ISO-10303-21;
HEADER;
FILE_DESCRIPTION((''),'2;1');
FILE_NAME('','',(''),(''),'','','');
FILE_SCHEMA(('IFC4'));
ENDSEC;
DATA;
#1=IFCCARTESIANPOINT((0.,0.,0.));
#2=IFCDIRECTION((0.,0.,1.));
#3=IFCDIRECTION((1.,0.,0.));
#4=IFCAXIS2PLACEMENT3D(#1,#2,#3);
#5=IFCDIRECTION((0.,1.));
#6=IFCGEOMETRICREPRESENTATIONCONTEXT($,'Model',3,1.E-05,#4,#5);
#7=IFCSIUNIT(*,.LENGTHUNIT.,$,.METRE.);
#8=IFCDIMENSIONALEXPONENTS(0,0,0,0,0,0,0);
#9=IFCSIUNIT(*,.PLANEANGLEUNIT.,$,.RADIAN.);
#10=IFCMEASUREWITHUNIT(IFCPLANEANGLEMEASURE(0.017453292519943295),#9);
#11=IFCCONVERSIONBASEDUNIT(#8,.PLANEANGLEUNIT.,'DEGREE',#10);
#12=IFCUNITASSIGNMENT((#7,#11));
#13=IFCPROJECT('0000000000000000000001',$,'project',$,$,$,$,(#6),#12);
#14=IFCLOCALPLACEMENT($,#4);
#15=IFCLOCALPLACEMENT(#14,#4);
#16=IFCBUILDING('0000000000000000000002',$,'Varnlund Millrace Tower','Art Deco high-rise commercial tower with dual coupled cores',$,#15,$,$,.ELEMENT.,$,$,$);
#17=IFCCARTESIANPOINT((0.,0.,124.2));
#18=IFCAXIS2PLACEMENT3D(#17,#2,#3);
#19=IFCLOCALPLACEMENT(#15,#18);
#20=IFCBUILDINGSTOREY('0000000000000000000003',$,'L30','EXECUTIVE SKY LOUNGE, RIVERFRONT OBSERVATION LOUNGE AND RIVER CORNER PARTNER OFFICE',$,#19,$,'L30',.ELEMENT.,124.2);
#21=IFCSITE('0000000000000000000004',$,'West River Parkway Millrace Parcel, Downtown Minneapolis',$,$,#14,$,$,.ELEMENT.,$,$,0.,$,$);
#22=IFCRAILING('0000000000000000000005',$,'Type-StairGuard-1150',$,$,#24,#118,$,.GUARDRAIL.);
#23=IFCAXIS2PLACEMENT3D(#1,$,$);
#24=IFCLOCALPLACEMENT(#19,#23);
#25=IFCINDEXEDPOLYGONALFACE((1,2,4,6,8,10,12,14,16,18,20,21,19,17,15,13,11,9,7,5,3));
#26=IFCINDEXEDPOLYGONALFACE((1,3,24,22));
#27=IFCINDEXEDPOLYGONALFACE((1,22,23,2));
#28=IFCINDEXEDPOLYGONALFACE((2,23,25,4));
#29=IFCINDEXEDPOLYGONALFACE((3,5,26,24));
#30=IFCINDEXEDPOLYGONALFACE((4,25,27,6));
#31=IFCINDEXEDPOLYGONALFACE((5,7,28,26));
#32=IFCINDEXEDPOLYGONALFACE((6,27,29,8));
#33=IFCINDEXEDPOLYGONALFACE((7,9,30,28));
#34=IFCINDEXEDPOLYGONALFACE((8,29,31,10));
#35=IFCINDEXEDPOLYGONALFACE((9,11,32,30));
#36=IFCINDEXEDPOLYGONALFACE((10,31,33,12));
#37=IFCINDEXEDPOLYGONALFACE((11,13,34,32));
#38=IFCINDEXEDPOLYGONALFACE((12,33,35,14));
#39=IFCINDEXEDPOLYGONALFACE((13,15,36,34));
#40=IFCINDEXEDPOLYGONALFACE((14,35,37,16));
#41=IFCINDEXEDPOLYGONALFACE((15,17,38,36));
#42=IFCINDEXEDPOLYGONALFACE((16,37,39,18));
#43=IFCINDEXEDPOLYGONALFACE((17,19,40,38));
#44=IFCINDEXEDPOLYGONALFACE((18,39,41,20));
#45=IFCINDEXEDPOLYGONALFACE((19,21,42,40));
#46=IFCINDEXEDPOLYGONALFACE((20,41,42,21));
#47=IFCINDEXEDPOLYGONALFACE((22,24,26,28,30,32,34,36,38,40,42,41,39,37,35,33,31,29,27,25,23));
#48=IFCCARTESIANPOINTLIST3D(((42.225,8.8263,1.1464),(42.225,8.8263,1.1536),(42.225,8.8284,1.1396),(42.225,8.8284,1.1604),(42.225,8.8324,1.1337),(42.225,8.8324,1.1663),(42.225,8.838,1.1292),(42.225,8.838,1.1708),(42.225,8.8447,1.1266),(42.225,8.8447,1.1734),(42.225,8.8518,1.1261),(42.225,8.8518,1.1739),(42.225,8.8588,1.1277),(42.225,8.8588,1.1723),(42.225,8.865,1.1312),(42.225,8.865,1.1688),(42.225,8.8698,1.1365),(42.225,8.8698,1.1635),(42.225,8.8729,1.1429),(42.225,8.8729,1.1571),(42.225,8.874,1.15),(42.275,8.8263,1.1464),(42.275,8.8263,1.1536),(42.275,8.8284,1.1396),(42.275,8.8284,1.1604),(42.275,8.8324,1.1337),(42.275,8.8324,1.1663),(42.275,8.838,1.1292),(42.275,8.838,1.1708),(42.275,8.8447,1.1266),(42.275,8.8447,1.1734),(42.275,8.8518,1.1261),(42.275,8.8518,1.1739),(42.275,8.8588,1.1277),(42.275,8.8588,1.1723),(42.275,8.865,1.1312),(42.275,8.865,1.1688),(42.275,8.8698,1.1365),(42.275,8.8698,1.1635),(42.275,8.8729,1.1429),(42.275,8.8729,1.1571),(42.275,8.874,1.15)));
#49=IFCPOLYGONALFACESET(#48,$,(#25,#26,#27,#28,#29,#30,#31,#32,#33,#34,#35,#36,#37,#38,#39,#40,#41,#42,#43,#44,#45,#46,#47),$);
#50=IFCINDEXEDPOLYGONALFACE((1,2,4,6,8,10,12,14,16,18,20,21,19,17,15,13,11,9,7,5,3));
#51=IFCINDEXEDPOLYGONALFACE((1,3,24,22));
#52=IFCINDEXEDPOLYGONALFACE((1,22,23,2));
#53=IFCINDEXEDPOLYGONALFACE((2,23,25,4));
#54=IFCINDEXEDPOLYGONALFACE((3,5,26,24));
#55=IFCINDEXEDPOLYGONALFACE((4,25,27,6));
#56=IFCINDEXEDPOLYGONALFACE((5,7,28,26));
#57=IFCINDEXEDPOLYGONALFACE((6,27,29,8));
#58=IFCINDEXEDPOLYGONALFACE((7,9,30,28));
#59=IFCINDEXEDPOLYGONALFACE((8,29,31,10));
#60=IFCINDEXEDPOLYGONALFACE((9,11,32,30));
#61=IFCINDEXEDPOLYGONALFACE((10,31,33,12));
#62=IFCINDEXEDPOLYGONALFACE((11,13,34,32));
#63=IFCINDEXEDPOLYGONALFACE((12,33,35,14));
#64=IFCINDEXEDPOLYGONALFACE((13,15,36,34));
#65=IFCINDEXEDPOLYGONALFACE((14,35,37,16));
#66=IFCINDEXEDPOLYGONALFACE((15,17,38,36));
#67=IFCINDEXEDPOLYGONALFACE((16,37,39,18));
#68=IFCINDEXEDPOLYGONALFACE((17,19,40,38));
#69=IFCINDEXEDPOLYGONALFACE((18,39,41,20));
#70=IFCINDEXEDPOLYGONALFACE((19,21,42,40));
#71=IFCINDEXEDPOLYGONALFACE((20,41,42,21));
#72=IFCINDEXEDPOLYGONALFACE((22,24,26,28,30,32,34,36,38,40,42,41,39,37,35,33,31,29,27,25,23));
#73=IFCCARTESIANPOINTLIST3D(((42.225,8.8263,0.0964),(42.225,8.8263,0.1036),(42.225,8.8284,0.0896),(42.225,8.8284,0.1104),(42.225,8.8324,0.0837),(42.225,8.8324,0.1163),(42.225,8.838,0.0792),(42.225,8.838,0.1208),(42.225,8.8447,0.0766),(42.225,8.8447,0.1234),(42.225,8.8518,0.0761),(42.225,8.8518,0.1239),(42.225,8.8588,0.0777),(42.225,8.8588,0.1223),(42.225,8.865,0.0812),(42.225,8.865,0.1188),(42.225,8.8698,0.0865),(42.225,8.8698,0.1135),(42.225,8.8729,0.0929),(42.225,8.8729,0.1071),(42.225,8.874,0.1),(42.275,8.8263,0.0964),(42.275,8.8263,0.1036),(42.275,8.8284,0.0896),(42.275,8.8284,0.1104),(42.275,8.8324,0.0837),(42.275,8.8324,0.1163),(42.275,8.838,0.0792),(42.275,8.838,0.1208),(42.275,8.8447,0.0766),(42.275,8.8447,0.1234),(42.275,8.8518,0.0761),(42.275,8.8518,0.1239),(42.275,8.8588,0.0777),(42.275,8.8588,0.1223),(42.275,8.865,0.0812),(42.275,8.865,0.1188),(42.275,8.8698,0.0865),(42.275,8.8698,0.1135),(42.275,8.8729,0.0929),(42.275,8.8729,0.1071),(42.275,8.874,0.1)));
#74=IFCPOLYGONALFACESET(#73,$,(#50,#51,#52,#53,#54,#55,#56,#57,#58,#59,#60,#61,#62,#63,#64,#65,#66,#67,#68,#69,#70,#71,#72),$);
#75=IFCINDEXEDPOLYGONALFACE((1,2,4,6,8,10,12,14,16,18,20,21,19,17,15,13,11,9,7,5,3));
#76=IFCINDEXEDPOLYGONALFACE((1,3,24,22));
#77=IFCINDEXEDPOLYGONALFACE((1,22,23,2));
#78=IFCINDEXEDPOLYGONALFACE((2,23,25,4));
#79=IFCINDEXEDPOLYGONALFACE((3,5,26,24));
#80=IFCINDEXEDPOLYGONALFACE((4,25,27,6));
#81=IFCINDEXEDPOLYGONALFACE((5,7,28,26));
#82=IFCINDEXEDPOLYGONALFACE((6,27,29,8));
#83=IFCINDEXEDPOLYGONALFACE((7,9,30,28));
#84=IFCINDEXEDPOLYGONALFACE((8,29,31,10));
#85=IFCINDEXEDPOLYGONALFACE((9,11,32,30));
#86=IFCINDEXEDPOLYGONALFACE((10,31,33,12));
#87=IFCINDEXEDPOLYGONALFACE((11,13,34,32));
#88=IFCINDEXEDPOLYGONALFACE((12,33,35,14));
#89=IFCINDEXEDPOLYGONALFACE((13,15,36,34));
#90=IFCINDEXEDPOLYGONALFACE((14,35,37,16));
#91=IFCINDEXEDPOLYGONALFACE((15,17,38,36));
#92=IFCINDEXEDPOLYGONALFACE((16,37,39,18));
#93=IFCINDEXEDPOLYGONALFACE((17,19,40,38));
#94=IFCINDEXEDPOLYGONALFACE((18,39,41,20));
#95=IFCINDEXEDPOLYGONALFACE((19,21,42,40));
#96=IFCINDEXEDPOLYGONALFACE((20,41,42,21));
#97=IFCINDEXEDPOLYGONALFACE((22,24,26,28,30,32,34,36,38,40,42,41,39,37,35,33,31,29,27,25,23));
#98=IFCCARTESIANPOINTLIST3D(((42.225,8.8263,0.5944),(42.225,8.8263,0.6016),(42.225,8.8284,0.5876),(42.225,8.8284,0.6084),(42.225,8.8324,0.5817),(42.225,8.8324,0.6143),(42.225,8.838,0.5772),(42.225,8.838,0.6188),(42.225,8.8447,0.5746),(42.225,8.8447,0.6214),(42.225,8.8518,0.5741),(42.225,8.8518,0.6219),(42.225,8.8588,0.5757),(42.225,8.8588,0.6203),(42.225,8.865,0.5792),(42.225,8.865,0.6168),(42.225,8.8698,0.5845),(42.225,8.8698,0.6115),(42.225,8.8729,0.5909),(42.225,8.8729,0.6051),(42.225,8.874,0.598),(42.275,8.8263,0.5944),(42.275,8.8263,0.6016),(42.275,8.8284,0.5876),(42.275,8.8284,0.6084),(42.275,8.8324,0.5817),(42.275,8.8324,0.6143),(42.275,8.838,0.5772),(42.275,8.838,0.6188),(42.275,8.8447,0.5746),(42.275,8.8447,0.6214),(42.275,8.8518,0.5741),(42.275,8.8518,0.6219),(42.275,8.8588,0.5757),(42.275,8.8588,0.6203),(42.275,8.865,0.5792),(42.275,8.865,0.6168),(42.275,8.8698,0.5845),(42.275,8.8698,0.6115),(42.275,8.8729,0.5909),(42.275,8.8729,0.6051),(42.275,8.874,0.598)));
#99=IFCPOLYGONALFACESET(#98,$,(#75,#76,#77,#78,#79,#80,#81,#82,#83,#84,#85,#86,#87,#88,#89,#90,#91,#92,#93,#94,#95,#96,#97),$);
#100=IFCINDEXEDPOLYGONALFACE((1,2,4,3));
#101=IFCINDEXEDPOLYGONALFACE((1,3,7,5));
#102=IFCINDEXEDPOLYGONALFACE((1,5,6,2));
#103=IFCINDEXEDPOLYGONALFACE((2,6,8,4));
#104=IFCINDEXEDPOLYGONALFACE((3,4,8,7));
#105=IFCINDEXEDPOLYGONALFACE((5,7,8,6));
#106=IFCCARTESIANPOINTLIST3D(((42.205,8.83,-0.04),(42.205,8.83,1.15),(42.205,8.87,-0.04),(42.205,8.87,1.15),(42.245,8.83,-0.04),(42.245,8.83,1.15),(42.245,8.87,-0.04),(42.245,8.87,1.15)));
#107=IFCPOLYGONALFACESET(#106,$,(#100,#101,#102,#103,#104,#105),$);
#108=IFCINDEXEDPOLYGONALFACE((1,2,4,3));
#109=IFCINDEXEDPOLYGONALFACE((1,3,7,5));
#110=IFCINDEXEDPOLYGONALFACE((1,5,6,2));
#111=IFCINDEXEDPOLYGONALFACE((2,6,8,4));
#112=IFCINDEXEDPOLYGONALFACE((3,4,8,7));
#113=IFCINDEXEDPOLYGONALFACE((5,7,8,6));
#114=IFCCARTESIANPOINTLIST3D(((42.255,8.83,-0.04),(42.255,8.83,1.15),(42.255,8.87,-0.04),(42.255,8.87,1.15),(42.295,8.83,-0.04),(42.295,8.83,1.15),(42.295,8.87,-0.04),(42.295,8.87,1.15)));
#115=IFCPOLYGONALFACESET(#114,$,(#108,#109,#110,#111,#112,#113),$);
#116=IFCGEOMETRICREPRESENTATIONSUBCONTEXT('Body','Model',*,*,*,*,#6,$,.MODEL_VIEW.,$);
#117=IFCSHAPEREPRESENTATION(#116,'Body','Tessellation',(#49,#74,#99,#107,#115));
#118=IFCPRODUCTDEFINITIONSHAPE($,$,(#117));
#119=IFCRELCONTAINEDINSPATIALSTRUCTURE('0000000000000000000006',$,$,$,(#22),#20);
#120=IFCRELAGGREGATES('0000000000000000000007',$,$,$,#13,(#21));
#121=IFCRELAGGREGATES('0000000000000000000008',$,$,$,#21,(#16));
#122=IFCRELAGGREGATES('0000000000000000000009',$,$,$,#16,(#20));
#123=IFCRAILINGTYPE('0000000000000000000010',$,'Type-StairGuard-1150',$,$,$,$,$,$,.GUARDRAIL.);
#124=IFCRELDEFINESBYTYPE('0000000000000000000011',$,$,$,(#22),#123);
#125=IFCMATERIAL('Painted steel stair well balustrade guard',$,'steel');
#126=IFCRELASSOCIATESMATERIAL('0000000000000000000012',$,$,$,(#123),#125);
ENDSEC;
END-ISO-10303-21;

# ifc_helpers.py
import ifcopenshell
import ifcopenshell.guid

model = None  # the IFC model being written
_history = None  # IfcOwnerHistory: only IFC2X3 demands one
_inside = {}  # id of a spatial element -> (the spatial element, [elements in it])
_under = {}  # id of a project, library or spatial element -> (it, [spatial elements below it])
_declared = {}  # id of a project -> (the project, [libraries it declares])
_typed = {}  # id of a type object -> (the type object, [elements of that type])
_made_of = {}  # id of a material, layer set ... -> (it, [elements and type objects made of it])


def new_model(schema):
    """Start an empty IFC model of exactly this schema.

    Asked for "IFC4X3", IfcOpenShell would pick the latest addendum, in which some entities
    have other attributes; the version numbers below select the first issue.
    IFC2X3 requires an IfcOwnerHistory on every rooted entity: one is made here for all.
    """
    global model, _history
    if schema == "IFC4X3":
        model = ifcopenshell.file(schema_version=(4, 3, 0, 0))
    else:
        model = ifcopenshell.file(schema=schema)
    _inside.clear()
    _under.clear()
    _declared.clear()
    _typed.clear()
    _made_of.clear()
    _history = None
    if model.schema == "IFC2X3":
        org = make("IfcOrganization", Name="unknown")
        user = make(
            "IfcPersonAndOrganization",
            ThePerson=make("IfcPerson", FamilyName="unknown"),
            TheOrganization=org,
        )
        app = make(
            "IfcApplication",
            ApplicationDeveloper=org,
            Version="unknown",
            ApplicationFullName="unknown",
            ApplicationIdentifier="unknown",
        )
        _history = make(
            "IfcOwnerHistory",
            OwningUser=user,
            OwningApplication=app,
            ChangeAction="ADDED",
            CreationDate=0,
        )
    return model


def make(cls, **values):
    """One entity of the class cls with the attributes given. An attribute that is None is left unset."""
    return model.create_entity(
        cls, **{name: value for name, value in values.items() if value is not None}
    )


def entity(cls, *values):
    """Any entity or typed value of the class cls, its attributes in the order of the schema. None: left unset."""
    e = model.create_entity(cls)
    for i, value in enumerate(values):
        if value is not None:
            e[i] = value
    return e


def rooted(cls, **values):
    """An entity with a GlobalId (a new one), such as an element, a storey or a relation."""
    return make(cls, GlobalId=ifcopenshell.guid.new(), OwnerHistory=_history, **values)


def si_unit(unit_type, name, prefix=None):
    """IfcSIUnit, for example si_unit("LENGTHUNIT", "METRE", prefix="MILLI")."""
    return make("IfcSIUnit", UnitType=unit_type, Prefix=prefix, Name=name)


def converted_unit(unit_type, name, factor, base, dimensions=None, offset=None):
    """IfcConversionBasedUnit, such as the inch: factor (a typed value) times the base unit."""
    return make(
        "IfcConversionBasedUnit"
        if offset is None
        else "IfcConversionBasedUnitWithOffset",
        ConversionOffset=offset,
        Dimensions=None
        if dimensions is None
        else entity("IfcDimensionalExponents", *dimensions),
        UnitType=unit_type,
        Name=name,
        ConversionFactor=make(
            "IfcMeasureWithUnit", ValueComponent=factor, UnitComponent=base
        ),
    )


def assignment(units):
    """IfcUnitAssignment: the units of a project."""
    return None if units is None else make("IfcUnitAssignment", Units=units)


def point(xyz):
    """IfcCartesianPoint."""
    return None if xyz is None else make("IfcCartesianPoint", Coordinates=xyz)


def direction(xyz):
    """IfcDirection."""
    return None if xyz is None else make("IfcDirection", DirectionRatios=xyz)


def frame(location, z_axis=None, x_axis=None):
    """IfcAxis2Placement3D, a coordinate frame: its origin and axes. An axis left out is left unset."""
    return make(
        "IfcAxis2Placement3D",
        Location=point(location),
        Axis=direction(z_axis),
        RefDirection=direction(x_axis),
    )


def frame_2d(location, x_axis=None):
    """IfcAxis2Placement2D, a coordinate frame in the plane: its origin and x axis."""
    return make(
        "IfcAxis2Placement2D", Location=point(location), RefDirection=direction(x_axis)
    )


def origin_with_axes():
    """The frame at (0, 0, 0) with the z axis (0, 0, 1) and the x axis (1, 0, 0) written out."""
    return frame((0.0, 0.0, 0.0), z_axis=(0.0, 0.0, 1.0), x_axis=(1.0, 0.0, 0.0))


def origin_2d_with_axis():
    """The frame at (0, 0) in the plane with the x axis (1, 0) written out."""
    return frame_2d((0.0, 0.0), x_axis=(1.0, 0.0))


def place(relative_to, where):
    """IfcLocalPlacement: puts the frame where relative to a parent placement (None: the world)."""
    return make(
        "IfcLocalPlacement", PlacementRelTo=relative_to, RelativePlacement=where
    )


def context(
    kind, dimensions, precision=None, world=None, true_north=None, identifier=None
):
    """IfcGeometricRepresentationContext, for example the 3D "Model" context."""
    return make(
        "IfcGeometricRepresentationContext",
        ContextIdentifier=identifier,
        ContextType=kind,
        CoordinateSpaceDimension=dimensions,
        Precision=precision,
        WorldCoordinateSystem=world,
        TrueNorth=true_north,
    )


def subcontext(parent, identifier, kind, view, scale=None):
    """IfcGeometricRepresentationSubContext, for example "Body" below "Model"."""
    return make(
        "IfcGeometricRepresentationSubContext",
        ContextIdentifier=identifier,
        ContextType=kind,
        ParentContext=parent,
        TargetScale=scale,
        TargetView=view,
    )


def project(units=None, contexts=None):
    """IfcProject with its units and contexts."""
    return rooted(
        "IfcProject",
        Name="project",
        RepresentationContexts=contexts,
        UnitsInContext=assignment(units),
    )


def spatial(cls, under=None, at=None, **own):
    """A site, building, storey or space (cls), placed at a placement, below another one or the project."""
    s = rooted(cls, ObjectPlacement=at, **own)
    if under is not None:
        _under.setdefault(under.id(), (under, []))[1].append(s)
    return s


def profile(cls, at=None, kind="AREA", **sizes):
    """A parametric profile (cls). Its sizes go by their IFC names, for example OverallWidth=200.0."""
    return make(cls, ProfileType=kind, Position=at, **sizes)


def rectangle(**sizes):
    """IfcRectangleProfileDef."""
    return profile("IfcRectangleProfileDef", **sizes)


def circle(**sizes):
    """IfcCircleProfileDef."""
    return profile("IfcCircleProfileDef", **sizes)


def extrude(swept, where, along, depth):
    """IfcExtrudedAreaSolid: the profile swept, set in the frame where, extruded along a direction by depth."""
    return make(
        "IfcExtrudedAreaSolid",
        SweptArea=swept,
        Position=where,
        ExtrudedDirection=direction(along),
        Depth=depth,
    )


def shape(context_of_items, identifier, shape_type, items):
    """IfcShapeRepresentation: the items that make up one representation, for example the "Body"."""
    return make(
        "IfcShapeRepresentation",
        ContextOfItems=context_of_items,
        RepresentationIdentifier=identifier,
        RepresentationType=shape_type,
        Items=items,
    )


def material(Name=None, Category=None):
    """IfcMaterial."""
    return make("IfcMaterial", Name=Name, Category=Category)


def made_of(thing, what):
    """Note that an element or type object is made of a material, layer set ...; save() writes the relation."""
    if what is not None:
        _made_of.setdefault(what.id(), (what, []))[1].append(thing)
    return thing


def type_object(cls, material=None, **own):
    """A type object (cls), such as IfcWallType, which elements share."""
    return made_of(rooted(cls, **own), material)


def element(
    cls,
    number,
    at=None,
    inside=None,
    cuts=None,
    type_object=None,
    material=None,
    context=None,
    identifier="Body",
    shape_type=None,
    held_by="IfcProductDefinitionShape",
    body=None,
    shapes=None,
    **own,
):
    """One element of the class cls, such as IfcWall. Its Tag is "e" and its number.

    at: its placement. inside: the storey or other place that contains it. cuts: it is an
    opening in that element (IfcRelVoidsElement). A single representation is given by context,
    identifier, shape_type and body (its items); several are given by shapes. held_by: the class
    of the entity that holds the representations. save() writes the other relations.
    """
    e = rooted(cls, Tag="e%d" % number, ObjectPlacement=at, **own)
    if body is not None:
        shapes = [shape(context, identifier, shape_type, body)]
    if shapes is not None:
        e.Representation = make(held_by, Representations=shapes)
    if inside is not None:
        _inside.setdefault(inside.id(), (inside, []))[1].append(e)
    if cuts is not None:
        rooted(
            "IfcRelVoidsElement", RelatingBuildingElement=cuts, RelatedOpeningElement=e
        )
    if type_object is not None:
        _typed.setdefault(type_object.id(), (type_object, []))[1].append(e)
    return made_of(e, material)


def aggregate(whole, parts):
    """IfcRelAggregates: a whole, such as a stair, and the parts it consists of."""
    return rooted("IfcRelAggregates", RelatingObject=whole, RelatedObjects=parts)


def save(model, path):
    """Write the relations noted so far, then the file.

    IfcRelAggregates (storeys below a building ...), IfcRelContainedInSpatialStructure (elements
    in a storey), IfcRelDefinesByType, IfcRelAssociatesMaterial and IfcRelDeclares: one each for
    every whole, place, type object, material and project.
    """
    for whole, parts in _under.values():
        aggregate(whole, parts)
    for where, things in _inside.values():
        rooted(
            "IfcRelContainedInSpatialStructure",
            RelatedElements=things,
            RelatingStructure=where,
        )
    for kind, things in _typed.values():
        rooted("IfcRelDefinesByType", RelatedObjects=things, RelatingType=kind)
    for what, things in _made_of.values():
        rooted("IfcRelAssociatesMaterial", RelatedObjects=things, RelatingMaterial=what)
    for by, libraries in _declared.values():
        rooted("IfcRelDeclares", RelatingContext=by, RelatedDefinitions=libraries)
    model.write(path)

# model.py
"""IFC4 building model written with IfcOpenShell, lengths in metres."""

from ifc_helpers import new_model, entity, si_unit, converted_unit, direction, frame, origin_with_axes, origin_2d_with_axis, place, context, subcontext, project, spatial, rectangle, circle, extrude, material, type_object, element, save


model = new_model("IFC4")

# Units and contexts
model_context = context("Model", 3, precision=1e-05, world=origin_with_axes(), true_north=direction((0.0, 1.0)))
body_context = subcontext(model_context, "Body", "Model", "MODEL_VIEW")
ifc_project = project(units=[si_unit("LENGTHUNIT", "METRE"), converted_unit("PLANEANGLEUNIT", "DEGREE", entity("IfcPlaneAngleMeasure", 0.017453292519943295), si_unit("PLANEANGLEUNIT", "RADIAN"), dimensions=[0, 0, 0, 0, 0, 0, 0])], contexts=[model_context])

# Site, building, storey
site_placement = place(None, origin_with_axes())
site = spatial("IfcSite", under=ifc_project, at=site_placement, Name="West River Parkway Millrace Parcel, Downtown Minneapolis", CompositionType="ELEMENT", RefElevation=0.0)
building_placement = place(site_placement, origin_with_axes())
building = spatial("IfcBuilding", under=site, at=building_placement, Name="Varnlund Millrace Tower", Description="Art Deco high-rise commercial tower with dual coupled cores", CompositionType="ELEMENT")
storey_placement = place(building_placement, frame((0.0, 0.0, 124.2), z_axis=(0.0, 0.0, 1.0), x_axis=(1.0, 0.0, 0.0)))
storey = spatial("IfcBuildingStorey", under=building, at=storey_placement, Name="L30", Description="EXECUTIVE SKY LOUNGE, RIVERFRONT OBSERVATION LOUNGE AND RIVER CORNER PARTNER OFFICE", LongName="L30", CompositionType="ELEMENT", Elevation=124.2)

# Railing
ifc_material_1 = material(Name="Painted steel stair well balustrade guard", Category="steel")
railing_type_1 = type_object("IfcRailingType", Name="Type-StairGuard-1150", PredefinedType="GUARDRAIL", material=ifc_material_1)
railing_1_placement = place(storey_placement, frame((0.0, 0.0, -124.2), z_axis=(0.0, 0.0, 1.0), x_axis=(1.0, 0.0, 0.0)))
element("IfcRailing", 1, at=railing_1_placement, inside=storey, type_object=railing_type_1, Name="Type-StairGuard-1150", PredefinedType="GUARDRAIL", context=body_context, shape_type="SweptSolid", body=[
    extrude(circle(Radius=0.024, at=origin_2d_with_axis()), frame((42.225, 8.85, 125.35), z_axis=(1.0, 0.0, 0.0), x_axis=(0.0, 1.0, 0.0)), (0.0, 0.0, 1.0), 0.05),
    extrude(circle(Radius=0.024, at=origin_2d_with_axis()), frame((42.225, 8.85, 124.3), z_axis=(1.0, 0.0, 0.0), x_axis=(0.0, 1.0, 0.0)), (0.0, 0.0, 1.0), 0.05),
    extrude(circle(Radius=0.024, at=origin_2d_with_axis()), frame((42.225, 8.85, 124.798), z_axis=(1.0, 0.0, 0.0), x_axis=(0.0, 1.0, 0.0)), (0.0, 0.0, 1.0), 0.05),
    extrude(rectangle(XDim=0.04, YDim=0.04, at=origin_2d_with_axis()), frame((42.225, 8.85, 124.16), z_axis=(0.0, 0.0, 1.0), x_axis=(1.0, 0.0, 0.0)), (0.0, 0.0, 1.0), 1.19),
    extrude(rectangle(XDim=0.04, YDim=0.04, at=origin_2d_with_axis()), frame((42.275, 8.85, 124.16), z_axis=(0.0, 0.0, 1.0), x_axis=(1.0, 0.0, 0.0)), (0.0, 0.0, 1.0), 1.19),
])

save(model, "model.ifc")
